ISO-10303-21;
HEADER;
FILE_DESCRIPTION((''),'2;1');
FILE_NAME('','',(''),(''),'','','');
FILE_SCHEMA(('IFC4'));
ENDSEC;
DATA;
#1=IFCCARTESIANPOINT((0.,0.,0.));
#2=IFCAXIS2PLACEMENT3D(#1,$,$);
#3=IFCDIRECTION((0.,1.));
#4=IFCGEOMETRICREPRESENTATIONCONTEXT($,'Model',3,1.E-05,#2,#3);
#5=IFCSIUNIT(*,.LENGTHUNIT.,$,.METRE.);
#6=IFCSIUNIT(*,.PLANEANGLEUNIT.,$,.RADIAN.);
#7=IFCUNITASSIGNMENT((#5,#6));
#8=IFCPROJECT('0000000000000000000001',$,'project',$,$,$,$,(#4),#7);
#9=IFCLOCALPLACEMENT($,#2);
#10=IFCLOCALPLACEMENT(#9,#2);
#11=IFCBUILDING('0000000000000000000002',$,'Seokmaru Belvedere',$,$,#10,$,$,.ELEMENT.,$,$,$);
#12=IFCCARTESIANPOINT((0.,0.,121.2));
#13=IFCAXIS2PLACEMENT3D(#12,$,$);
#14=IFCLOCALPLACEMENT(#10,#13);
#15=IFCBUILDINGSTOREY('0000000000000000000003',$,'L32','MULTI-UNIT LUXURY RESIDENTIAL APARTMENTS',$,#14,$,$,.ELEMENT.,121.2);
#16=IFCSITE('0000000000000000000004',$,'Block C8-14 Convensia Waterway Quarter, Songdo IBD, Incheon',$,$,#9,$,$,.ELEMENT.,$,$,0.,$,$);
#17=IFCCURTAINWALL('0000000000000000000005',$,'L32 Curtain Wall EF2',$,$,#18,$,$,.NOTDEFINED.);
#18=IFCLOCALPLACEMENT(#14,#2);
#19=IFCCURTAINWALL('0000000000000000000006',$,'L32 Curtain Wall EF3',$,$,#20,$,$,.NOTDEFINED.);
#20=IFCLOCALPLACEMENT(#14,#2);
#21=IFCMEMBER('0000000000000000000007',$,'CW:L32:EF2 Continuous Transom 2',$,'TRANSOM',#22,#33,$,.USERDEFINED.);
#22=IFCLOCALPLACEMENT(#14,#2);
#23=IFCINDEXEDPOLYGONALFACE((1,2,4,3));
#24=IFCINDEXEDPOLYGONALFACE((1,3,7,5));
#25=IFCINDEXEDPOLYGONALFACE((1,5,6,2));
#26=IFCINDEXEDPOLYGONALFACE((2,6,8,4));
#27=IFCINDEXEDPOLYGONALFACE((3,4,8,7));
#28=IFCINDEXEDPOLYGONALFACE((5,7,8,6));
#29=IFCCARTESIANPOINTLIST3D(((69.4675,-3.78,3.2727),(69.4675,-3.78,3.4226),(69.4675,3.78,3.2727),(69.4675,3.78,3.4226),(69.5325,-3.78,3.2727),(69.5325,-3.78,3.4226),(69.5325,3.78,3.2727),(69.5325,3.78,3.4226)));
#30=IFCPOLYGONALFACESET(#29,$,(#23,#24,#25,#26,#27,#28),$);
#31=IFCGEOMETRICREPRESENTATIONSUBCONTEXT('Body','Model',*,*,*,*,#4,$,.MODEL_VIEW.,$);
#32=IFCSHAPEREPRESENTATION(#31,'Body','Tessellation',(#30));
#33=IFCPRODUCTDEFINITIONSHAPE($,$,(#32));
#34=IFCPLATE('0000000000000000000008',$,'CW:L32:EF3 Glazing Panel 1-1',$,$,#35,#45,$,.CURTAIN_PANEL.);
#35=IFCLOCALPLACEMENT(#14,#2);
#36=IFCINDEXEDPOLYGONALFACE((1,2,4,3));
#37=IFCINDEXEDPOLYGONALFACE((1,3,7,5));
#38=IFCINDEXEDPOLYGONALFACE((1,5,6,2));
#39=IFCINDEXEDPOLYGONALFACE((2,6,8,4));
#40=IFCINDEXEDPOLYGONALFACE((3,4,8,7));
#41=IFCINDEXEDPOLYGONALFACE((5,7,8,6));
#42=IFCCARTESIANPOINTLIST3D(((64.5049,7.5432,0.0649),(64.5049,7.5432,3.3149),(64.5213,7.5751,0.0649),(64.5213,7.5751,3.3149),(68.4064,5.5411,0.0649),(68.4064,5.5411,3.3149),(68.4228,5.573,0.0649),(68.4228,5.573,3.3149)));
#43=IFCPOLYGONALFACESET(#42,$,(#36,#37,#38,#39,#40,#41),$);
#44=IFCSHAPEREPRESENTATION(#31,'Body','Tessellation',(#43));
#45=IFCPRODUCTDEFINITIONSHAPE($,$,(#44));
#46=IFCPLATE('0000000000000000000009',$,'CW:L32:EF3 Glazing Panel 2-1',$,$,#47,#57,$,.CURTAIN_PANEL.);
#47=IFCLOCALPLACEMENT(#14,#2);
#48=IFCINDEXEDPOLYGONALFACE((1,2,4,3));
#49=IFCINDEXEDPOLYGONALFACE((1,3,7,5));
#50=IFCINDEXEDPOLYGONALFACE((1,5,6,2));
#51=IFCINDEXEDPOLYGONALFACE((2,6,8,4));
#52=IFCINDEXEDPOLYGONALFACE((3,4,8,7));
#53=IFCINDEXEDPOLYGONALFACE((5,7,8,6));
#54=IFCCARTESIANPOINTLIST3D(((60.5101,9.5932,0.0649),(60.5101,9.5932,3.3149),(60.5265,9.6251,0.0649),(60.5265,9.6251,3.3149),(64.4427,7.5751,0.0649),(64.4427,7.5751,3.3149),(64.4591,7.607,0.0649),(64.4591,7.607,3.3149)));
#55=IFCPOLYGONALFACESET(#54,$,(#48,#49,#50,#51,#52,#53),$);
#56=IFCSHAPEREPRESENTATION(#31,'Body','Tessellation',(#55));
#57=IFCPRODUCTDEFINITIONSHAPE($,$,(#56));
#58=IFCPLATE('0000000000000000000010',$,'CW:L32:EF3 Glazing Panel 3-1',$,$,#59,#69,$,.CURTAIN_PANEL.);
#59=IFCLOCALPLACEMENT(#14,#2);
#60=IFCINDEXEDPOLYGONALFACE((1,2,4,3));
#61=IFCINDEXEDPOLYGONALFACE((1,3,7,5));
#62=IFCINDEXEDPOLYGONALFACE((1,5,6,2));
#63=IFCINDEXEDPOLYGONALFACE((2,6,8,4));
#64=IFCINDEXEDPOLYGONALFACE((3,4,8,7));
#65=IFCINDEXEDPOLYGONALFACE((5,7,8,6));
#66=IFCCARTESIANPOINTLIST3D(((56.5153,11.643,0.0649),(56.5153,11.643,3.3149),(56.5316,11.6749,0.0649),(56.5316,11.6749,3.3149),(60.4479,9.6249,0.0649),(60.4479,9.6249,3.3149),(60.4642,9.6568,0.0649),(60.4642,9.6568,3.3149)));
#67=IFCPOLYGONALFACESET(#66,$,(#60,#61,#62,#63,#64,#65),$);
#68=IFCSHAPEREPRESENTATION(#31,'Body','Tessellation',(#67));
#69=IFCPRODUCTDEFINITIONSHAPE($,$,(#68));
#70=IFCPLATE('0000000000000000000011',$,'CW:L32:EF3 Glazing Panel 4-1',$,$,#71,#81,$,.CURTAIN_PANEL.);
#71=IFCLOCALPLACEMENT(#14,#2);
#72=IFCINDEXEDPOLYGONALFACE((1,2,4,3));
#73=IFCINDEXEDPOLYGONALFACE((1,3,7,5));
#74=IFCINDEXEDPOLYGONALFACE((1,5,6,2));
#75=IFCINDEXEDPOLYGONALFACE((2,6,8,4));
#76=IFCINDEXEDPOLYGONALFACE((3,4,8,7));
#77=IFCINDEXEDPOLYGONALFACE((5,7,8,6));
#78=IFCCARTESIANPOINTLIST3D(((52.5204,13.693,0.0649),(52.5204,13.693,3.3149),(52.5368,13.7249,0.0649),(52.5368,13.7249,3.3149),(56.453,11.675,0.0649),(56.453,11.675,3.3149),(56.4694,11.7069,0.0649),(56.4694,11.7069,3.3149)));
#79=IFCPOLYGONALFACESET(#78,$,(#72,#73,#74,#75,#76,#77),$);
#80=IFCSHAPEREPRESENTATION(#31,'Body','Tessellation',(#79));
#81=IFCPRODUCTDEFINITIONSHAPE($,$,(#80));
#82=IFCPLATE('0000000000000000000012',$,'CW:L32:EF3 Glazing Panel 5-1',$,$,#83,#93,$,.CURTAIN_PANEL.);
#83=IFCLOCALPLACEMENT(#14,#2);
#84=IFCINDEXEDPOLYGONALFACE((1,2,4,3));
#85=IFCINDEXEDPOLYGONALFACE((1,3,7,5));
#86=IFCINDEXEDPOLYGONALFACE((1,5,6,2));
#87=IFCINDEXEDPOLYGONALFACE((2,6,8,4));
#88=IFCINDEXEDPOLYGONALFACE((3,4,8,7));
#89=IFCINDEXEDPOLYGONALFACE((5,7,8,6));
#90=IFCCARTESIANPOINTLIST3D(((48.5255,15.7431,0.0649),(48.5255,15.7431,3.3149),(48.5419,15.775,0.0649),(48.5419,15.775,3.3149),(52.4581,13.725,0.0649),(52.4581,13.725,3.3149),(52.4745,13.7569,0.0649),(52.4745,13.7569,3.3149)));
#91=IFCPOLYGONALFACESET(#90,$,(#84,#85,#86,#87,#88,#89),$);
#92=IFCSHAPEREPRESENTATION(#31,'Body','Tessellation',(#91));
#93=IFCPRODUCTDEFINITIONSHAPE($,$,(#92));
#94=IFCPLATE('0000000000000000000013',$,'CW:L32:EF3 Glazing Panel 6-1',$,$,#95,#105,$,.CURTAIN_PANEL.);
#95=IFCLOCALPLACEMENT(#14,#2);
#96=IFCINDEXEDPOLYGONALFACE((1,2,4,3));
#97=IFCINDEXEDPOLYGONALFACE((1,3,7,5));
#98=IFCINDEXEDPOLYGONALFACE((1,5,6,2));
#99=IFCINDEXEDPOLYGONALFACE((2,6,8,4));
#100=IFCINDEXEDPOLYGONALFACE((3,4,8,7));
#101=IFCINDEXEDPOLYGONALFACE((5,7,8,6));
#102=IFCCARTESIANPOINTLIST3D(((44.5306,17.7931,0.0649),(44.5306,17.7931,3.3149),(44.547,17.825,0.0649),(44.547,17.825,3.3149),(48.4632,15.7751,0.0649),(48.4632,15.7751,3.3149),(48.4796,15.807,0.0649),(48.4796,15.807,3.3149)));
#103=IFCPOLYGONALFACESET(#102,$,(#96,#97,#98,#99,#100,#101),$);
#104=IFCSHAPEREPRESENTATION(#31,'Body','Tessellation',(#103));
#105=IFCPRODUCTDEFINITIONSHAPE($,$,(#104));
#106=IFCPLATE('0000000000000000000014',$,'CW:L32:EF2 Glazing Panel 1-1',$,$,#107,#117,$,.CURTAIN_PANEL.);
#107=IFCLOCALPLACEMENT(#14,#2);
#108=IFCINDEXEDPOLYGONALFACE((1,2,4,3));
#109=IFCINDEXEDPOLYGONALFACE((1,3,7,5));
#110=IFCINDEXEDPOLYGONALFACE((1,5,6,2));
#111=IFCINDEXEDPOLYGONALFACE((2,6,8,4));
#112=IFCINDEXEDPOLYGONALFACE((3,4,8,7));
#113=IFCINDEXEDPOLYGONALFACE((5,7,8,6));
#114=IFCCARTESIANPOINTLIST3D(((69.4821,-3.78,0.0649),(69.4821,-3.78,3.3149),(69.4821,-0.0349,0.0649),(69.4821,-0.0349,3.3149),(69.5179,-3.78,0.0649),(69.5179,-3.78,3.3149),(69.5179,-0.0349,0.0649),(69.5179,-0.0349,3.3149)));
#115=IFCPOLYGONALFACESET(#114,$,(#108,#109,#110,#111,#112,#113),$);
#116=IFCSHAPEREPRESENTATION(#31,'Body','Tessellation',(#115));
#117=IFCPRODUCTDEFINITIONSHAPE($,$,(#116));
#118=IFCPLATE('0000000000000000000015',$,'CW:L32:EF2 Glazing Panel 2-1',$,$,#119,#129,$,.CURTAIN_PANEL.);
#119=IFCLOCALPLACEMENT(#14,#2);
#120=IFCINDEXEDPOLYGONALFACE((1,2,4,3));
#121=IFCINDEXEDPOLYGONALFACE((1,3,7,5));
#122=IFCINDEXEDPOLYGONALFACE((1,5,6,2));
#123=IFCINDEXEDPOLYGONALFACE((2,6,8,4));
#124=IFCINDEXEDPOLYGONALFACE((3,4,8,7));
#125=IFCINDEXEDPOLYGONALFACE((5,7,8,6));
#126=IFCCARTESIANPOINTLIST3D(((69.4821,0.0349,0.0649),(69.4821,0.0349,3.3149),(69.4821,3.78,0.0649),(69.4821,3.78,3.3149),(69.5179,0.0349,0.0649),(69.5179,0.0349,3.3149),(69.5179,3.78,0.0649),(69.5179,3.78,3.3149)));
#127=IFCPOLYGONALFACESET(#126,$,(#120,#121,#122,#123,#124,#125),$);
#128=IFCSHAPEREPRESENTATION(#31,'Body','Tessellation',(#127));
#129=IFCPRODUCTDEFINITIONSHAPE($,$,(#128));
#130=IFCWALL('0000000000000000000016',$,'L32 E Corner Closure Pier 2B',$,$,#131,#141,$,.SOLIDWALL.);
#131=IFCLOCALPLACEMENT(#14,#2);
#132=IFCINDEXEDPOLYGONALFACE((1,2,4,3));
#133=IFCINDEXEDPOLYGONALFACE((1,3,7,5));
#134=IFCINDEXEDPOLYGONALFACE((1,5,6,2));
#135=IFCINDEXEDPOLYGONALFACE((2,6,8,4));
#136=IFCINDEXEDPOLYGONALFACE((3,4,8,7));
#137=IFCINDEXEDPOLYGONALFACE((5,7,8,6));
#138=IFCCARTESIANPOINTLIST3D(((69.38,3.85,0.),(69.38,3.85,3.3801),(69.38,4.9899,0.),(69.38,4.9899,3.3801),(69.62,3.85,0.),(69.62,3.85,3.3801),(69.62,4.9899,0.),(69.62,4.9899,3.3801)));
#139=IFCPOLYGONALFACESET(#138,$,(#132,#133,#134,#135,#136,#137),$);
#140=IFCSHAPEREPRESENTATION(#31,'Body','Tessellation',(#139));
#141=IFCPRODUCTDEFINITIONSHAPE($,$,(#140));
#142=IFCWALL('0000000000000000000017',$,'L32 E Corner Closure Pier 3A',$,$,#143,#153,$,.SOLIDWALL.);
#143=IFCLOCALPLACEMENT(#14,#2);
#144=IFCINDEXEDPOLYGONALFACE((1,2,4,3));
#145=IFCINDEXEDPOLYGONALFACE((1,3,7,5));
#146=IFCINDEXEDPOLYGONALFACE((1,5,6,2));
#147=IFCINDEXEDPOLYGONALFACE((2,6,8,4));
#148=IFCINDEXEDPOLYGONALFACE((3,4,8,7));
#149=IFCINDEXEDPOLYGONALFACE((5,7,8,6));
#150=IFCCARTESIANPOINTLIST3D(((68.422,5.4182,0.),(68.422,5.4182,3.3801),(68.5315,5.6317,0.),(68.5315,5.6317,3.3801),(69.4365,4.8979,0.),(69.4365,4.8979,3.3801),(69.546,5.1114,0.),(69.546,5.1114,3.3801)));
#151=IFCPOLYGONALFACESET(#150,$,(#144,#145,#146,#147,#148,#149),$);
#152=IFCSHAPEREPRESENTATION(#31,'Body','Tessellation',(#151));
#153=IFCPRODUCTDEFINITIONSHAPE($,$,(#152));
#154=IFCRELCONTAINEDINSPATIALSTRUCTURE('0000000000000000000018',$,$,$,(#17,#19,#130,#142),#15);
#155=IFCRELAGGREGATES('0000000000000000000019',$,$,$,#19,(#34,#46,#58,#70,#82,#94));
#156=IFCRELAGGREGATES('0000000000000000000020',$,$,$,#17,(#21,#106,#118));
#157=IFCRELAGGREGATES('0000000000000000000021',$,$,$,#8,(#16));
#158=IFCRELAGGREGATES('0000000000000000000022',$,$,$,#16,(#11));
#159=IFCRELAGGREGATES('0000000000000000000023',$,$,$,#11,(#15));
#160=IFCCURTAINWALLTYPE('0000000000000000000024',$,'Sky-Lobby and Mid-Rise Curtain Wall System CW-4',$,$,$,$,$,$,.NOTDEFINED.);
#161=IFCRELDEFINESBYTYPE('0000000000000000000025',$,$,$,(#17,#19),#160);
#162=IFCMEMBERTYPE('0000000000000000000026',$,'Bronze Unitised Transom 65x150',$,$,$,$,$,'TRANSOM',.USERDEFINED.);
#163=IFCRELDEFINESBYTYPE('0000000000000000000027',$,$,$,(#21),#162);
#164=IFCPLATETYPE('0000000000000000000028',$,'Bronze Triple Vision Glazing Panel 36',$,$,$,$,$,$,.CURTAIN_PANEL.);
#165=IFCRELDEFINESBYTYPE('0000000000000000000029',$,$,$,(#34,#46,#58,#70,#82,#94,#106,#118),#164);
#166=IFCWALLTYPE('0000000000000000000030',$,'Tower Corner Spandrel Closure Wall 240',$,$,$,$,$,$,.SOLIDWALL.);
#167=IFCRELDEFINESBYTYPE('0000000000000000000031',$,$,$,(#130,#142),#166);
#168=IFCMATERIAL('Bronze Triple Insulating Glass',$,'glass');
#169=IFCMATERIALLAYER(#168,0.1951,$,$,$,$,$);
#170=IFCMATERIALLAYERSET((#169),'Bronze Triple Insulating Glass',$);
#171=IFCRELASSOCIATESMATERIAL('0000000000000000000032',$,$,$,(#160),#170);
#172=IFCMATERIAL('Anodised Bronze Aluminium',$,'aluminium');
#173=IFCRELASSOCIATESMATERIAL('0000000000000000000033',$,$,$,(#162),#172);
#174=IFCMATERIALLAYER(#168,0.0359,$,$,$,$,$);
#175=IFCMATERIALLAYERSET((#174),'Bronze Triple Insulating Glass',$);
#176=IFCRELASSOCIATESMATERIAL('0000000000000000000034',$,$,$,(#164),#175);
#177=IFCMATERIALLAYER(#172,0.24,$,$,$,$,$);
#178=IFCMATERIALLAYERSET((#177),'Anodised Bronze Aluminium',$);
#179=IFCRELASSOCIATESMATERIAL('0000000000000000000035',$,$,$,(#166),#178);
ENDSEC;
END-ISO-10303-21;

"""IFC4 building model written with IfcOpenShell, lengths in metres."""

from ifc_helpers import new_model, si_unit, direction, frame, frame_2d, origin, origin_2d, place, context, subcontext, project, spatial, rectangle, extrude, source, transform, mapped, material, layer, layer_set, material_profile, profile_set, type_object, type_shapes, element, aggregate, save


model = new_model("IFC4")

# Units and contexts
model_context = context("Model", 3, precision=1e-05, world=origin(), true_north=direction((0.0, 1.0)))
body_context = subcontext(model_context, "Body", "Model", "MODEL_VIEW")
ifc_project = project(units=[si_unit("LENGTHUNIT", "METRE"), si_unit("PLANEANGLEUNIT", "RADIAN")], contexts=[model_context])

# Site, building, storey
site_placement = place(None, origin())
site = spatial("IfcSite", under=ifc_project, at=site_placement, Name="Block C8-14 Convensia Waterway Quarter, Songdo IBD, Incheon", CompositionType="ELEMENT", RefElevation=0.0)
building_placement = place(site_placement, origin())
building = spatial("IfcBuilding", under=site, at=building_placement, Name="Seokmaru Belvedere", CompositionType="ELEMENT")
storey_placement = place(building_placement, frame((0.0, 0.0, 121.2)))
storey = spatial("IfcBuildingStorey", under=building, at=storey_placement, Name="L32", Description="MULTI-UNIT LUXURY RESIDENTIAL APARTMENTS", CompositionType="ELEMENT", Elevation=121.2)

# Curtain walls
ifc_material_1 = material(Name="Bronze Triple Insulating Glass", Category="glass")
ifc_layer_1 = layer(ifc_material_1, 0.1951)
ifc_layer_set_1 = layer_set([ifc_layer_1], Name="Bronze Triple Insulating Glass")
curtain_wall_type = type_object("IfcCurtainWallType", Name="Sky-Lobby and Mid-Rise Curtain Wall System CW-4", PredefinedType="NOTDEFINED", material=ifc_layer_set_1)
curtain_wall_1_placement = place(storey_placement, origin())
curtain_wall_1 = element("IfcCurtainWall", 1, at=curtain_wall_1_placement, inside=storey, type_object=curtain_wall_type, Name="L32 Curtain Wall EF2", PredefinedType="NOTDEFINED")
ifc_material_2 = material(Name="Anodised Bronze Aluminium", Category="aluminium")
curtain_wall_2_placement = place(storey_placement, origin())
curtain_wall_2 = element("IfcCurtainWall", 2, at=curtain_wall_2_placement, inside=storey, type_object=curtain_wall_type, Name="L32 Curtain Wall EF3", PredefinedType="NOTDEFINED")

# Member
ifc_material_profile_1 = material_profile(ifc_material_2, rectangle(XDim=0.0649, YDim=0.1499, at=origin_2d()), Name="CW-T-65x150")
ifc_profile_set_1 = profile_set([ifc_material_profile_1], Name="Anodised Bronze Aluminium")
member_type_1 = type_object("IfcMemberType", Name="Bronze Unitised Transom 65x150", ElementType="TRANSOM", PredefinedType="USERDEFINED", material=ifc_profile_set_1)
shared_shape_1 = source(origin(), body_context, "Body", "SweptSolid", [
    extrude(rectangle(XDim=0.0649, YDim=0.1499, at=origin_2d()), origin(), (0.0, 0.0, 1.0), 7.5601),
])
member_1_placement = place(storey_placement, frame((69.5, -3.78, 3.3477), z_axis=(0.0, 1.0, 0.0), x_axis=(-1.0, 0.0, 0.0)))
member_1 = element("IfcMember", 3, at=member_1_placement, type_object=member_type_1, Name="CW:L32:EF2 Continuous Transom 2", ObjectType="TRANSOM", PredefinedType="USERDEFINED", context=body_context, shape_type="MappedRepresentation", body=[
    mapped(shared_shape_1, transform((0.0, 0.0, 0.0), scale=1.0)),
])

# Plates
ifc_layer_2 = layer(ifc_material_1, 0.0359)
ifc_layer_set_2 = layer_set([ifc_layer_2], Name="Bronze Triple Insulating Glass")
plate_type = type_object("IfcPlateType", Name="Bronze Triple Vision Glazing Panel 36", PredefinedType="CURTAIN_PANEL", material=ifc_layer_set_2)
shared_shape_2 = source(origin(), body_context, "Body", "SweptSolid", [
    extrude(rectangle(XDim=4.3853, YDim=0.0359, at=origin_2d()), origin(), (0.0, 0.0, 1.0), 3.25),
])
plate_1_placement = place(storey_placement, frame((66.4639, 6.5581, 0.0649), z_axis=(0.0, 0.0, 1.0), x_axis=(-0.889695, 0.456555, 0.0)))
plate_1 = element("IfcPlate", 4, at=plate_1_placement, type_object=plate_type, Name="CW:L32:EF3 Glazing Panel 1-1", PredefinedType="CURTAIN_PANEL", context=body_context, shape_type="MappedRepresentation", body=[
    mapped(shared_shape_2, transform((0.0, 0.0, 0.0), scale=1.0)),
])
shared_shape_3 = source(origin(), body_context, "Body", "SweptSolid", [
    extrude(rectangle(XDim=4.4202, YDim=0.0359, at=origin_2d()), origin(), (0.0, 0.0, 1.0), 3.25),
])
plate_2_placement = place(storey_placement, frame((62.4846, 8.6001, 0.0649), z_axis=(0.0, 0.0, 1.0), x_axis=(-0.889695, 0.456555, 0.0)))
plate_2 = element("IfcPlate", 5, at=plate_2_placement, type_object=plate_type, Name="CW:L32:EF3 Glazing Panel 2-1", PredefinedType="CURTAIN_PANEL", context=body_context, shape_type="MappedRepresentation", body=[
    mapped(shared_shape_3, transform((0.0, 0.0, 0.0), scale=1.0)),
])
plate_3_placement = place(storey_placement, frame((58.4897, 10.6499, 0.0649), z_axis=(0.0, 0.0, 1.0), x_axis=(-0.889695, 0.456555, 0.0)))
plate_3 = element("IfcPlate", 6, at=plate_3_placement, type_object=plate_type, Name="CW:L32:EF3 Glazing Panel 3-1", PredefinedType="CURTAIN_PANEL", context=body_context, shape_type="MappedRepresentation", body=[
    mapped(shared_shape_3, transform((0.0, 0.0, 0.0), scale=1.0)),
])
plate_4_placement = place(storey_placement, frame((54.4949, 12.7, 0.0649), z_axis=(0.0, 0.0, 1.0), x_axis=(-0.889695, 0.456555, 0.0)))
plate_4 = element("IfcPlate", 7, at=plate_4_placement, type_object=plate_type, Name="CW:L32:EF3 Glazing Panel 4-1", PredefinedType="CURTAIN_PANEL", context=body_context, shape_type="MappedRepresentation", body=[
    mapped(shared_shape_3, transform((0.0, 0.0, 0.0), scale=1.0)),
])
plate_5_placement = place(storey_placement, frame((50.5, 14.75, 0.0649), z_axis=(0.0, 0.0, 1.0), x_axis=(-0.889695, 0.456555, 0.0)))
plate_5 = element("IfcPlate", 8, at=plate_5_placement, type_object=plate_type, Name="CW:L32:EF3 Glazing Panel 5-1", PredefinedType="CURTAIN_PANEL", context=body_context, shape_type="MappedRepresentation", body=[
    mapped(shared_shape_3, transform((0.0, 0.0, 0.0), scale=1.0)),
])
plate_6_placement = place(storey_placement, frame((46.5051, 16.8, 0.0649), z_axis=(0.0, 0.0, 1.0), x_axis=(-0.889695, 0.456555, 0.0)))
plate_6 = element("IfcPlate", 9, at=plate_6_placement, type_object=plate_type, Name="CW:L32:EF3 Glazing Panel 6-1", PredefinedType="CURTAIN_PANEL", context=body_context, shape_type="MappedRepresentation", body=[
    mapped(shared_shape_3, transform((0.0, 0.0, 0.0), scale=1.0)),
])
aggregate(curtain_wall_2, [plate_1, plate_2, plate_3, plate_4, plate_5, plate_6])
shared_shape_4 = source(origin(), body_context, "Body", "SweptSolid", [
    extrude(rectangle(XDim=3.7451, YDim=0.0359, at=origin_2d()), origin(), (0.0, 0.0, 1.0), 3.25),
])
type_shapes(plate_type, [shared_shape_2, shared_shape_3, shared_shape_4])
plate_7_placement = place(storey_placement, frame((69.5, -1.9075, 0.0649), z_axis=(0.0, 0.0, 1.0), x_axis=(0.0, 1.0, 0.0)))
plate_7 = element("IfcPlate", 10, at=plate_7_placement, type_object=plate_type, Name="CW:L32:EF2 Glazing Panel 1-1", PredefinedType="CURTAIN_PANEL", context=body_context, shape_type="MappedRepresentation", body=[
    mapped(shared_shape_4, transform((0.0, 0.0, 0.0), scale=1.0)),
])
plate_8_placement = place(storey_placement, frame((69.5, 1.9075, 0.0649), z_axis=(0.0, 0.0, 1.0), x_axis=(0.0, 1.0, 0.0)))
plate_8 = element("IfcPlate", 11, at=plate_8_placement, type_object=plate_type, Name="CW:L32:EF2 Glazing Panel 2-1", PredefinedType="CURTAIN_PANEL", context=body_context, shape_type="MappedRepresentation", body=[
    mapped(shared_shape_4, transform((0.0, 0.0, 0.0), scale=1.0)),
])
aggregate(curtain_wall_1, [member_1, plate_7, plate_8])

# Walls
ifc_layer_3 = layer(ifc_material_2, 0.24)
ifc_layer_set_3 = layer_set([ifc_layer_3], Name="Anodised Bronze Aluminium")
wall_type = type_object("IfcWallType", Name="Tower Corner Spandrel Closure Wall 240", PredefinedType="SOLIDWALL", material=ifc_layer_set_3)
wall_1_placement = place(storey_placement, frame((69.5, 3.8501, 0.0), z_axis=(0.0, 0.0, 1.0), x_axis=(0.0, 1.0, 0.0)))
element("IfcWall", 12, at=wall_1_placement, inside=storey, type_object=wall_type, Name="L32 E Corner Closure Pier 2B", PredefinedType="SOLIDWALL", context=body_context, shape_type="SweptSolid", body=[
    extrude(rectangle(XDim=1.1399, YDim=0.24, at=frame_2d((0.5698, 0.0))), origin(), (0.0, 0.0, 1.0), 3.3801),
])
wall_2_placement = place(storey_placement, frame((69.4912, 5.0046, 0.0), z_axis=(0.0, 0.0, 1.0), x_axis=(-0.889797, 0.456356, 0.0)))
element("IfcWall", 13, at=wall_2_placement, inside=storey, type_object=wall_type, Name="L32 E Corner Closure Pier 3A", PredefinedType="SOLIDWALL", context=body_context, shape_type="SweptSolid", body=[
    extrude(rectangle(XDim=1.1401, YDim=0.24, at=frame_2d((0.5701, 0.0))), origin(), (0.0, 0.0, 1.0), 3.3801),
])

save(model, "model.ifc")
